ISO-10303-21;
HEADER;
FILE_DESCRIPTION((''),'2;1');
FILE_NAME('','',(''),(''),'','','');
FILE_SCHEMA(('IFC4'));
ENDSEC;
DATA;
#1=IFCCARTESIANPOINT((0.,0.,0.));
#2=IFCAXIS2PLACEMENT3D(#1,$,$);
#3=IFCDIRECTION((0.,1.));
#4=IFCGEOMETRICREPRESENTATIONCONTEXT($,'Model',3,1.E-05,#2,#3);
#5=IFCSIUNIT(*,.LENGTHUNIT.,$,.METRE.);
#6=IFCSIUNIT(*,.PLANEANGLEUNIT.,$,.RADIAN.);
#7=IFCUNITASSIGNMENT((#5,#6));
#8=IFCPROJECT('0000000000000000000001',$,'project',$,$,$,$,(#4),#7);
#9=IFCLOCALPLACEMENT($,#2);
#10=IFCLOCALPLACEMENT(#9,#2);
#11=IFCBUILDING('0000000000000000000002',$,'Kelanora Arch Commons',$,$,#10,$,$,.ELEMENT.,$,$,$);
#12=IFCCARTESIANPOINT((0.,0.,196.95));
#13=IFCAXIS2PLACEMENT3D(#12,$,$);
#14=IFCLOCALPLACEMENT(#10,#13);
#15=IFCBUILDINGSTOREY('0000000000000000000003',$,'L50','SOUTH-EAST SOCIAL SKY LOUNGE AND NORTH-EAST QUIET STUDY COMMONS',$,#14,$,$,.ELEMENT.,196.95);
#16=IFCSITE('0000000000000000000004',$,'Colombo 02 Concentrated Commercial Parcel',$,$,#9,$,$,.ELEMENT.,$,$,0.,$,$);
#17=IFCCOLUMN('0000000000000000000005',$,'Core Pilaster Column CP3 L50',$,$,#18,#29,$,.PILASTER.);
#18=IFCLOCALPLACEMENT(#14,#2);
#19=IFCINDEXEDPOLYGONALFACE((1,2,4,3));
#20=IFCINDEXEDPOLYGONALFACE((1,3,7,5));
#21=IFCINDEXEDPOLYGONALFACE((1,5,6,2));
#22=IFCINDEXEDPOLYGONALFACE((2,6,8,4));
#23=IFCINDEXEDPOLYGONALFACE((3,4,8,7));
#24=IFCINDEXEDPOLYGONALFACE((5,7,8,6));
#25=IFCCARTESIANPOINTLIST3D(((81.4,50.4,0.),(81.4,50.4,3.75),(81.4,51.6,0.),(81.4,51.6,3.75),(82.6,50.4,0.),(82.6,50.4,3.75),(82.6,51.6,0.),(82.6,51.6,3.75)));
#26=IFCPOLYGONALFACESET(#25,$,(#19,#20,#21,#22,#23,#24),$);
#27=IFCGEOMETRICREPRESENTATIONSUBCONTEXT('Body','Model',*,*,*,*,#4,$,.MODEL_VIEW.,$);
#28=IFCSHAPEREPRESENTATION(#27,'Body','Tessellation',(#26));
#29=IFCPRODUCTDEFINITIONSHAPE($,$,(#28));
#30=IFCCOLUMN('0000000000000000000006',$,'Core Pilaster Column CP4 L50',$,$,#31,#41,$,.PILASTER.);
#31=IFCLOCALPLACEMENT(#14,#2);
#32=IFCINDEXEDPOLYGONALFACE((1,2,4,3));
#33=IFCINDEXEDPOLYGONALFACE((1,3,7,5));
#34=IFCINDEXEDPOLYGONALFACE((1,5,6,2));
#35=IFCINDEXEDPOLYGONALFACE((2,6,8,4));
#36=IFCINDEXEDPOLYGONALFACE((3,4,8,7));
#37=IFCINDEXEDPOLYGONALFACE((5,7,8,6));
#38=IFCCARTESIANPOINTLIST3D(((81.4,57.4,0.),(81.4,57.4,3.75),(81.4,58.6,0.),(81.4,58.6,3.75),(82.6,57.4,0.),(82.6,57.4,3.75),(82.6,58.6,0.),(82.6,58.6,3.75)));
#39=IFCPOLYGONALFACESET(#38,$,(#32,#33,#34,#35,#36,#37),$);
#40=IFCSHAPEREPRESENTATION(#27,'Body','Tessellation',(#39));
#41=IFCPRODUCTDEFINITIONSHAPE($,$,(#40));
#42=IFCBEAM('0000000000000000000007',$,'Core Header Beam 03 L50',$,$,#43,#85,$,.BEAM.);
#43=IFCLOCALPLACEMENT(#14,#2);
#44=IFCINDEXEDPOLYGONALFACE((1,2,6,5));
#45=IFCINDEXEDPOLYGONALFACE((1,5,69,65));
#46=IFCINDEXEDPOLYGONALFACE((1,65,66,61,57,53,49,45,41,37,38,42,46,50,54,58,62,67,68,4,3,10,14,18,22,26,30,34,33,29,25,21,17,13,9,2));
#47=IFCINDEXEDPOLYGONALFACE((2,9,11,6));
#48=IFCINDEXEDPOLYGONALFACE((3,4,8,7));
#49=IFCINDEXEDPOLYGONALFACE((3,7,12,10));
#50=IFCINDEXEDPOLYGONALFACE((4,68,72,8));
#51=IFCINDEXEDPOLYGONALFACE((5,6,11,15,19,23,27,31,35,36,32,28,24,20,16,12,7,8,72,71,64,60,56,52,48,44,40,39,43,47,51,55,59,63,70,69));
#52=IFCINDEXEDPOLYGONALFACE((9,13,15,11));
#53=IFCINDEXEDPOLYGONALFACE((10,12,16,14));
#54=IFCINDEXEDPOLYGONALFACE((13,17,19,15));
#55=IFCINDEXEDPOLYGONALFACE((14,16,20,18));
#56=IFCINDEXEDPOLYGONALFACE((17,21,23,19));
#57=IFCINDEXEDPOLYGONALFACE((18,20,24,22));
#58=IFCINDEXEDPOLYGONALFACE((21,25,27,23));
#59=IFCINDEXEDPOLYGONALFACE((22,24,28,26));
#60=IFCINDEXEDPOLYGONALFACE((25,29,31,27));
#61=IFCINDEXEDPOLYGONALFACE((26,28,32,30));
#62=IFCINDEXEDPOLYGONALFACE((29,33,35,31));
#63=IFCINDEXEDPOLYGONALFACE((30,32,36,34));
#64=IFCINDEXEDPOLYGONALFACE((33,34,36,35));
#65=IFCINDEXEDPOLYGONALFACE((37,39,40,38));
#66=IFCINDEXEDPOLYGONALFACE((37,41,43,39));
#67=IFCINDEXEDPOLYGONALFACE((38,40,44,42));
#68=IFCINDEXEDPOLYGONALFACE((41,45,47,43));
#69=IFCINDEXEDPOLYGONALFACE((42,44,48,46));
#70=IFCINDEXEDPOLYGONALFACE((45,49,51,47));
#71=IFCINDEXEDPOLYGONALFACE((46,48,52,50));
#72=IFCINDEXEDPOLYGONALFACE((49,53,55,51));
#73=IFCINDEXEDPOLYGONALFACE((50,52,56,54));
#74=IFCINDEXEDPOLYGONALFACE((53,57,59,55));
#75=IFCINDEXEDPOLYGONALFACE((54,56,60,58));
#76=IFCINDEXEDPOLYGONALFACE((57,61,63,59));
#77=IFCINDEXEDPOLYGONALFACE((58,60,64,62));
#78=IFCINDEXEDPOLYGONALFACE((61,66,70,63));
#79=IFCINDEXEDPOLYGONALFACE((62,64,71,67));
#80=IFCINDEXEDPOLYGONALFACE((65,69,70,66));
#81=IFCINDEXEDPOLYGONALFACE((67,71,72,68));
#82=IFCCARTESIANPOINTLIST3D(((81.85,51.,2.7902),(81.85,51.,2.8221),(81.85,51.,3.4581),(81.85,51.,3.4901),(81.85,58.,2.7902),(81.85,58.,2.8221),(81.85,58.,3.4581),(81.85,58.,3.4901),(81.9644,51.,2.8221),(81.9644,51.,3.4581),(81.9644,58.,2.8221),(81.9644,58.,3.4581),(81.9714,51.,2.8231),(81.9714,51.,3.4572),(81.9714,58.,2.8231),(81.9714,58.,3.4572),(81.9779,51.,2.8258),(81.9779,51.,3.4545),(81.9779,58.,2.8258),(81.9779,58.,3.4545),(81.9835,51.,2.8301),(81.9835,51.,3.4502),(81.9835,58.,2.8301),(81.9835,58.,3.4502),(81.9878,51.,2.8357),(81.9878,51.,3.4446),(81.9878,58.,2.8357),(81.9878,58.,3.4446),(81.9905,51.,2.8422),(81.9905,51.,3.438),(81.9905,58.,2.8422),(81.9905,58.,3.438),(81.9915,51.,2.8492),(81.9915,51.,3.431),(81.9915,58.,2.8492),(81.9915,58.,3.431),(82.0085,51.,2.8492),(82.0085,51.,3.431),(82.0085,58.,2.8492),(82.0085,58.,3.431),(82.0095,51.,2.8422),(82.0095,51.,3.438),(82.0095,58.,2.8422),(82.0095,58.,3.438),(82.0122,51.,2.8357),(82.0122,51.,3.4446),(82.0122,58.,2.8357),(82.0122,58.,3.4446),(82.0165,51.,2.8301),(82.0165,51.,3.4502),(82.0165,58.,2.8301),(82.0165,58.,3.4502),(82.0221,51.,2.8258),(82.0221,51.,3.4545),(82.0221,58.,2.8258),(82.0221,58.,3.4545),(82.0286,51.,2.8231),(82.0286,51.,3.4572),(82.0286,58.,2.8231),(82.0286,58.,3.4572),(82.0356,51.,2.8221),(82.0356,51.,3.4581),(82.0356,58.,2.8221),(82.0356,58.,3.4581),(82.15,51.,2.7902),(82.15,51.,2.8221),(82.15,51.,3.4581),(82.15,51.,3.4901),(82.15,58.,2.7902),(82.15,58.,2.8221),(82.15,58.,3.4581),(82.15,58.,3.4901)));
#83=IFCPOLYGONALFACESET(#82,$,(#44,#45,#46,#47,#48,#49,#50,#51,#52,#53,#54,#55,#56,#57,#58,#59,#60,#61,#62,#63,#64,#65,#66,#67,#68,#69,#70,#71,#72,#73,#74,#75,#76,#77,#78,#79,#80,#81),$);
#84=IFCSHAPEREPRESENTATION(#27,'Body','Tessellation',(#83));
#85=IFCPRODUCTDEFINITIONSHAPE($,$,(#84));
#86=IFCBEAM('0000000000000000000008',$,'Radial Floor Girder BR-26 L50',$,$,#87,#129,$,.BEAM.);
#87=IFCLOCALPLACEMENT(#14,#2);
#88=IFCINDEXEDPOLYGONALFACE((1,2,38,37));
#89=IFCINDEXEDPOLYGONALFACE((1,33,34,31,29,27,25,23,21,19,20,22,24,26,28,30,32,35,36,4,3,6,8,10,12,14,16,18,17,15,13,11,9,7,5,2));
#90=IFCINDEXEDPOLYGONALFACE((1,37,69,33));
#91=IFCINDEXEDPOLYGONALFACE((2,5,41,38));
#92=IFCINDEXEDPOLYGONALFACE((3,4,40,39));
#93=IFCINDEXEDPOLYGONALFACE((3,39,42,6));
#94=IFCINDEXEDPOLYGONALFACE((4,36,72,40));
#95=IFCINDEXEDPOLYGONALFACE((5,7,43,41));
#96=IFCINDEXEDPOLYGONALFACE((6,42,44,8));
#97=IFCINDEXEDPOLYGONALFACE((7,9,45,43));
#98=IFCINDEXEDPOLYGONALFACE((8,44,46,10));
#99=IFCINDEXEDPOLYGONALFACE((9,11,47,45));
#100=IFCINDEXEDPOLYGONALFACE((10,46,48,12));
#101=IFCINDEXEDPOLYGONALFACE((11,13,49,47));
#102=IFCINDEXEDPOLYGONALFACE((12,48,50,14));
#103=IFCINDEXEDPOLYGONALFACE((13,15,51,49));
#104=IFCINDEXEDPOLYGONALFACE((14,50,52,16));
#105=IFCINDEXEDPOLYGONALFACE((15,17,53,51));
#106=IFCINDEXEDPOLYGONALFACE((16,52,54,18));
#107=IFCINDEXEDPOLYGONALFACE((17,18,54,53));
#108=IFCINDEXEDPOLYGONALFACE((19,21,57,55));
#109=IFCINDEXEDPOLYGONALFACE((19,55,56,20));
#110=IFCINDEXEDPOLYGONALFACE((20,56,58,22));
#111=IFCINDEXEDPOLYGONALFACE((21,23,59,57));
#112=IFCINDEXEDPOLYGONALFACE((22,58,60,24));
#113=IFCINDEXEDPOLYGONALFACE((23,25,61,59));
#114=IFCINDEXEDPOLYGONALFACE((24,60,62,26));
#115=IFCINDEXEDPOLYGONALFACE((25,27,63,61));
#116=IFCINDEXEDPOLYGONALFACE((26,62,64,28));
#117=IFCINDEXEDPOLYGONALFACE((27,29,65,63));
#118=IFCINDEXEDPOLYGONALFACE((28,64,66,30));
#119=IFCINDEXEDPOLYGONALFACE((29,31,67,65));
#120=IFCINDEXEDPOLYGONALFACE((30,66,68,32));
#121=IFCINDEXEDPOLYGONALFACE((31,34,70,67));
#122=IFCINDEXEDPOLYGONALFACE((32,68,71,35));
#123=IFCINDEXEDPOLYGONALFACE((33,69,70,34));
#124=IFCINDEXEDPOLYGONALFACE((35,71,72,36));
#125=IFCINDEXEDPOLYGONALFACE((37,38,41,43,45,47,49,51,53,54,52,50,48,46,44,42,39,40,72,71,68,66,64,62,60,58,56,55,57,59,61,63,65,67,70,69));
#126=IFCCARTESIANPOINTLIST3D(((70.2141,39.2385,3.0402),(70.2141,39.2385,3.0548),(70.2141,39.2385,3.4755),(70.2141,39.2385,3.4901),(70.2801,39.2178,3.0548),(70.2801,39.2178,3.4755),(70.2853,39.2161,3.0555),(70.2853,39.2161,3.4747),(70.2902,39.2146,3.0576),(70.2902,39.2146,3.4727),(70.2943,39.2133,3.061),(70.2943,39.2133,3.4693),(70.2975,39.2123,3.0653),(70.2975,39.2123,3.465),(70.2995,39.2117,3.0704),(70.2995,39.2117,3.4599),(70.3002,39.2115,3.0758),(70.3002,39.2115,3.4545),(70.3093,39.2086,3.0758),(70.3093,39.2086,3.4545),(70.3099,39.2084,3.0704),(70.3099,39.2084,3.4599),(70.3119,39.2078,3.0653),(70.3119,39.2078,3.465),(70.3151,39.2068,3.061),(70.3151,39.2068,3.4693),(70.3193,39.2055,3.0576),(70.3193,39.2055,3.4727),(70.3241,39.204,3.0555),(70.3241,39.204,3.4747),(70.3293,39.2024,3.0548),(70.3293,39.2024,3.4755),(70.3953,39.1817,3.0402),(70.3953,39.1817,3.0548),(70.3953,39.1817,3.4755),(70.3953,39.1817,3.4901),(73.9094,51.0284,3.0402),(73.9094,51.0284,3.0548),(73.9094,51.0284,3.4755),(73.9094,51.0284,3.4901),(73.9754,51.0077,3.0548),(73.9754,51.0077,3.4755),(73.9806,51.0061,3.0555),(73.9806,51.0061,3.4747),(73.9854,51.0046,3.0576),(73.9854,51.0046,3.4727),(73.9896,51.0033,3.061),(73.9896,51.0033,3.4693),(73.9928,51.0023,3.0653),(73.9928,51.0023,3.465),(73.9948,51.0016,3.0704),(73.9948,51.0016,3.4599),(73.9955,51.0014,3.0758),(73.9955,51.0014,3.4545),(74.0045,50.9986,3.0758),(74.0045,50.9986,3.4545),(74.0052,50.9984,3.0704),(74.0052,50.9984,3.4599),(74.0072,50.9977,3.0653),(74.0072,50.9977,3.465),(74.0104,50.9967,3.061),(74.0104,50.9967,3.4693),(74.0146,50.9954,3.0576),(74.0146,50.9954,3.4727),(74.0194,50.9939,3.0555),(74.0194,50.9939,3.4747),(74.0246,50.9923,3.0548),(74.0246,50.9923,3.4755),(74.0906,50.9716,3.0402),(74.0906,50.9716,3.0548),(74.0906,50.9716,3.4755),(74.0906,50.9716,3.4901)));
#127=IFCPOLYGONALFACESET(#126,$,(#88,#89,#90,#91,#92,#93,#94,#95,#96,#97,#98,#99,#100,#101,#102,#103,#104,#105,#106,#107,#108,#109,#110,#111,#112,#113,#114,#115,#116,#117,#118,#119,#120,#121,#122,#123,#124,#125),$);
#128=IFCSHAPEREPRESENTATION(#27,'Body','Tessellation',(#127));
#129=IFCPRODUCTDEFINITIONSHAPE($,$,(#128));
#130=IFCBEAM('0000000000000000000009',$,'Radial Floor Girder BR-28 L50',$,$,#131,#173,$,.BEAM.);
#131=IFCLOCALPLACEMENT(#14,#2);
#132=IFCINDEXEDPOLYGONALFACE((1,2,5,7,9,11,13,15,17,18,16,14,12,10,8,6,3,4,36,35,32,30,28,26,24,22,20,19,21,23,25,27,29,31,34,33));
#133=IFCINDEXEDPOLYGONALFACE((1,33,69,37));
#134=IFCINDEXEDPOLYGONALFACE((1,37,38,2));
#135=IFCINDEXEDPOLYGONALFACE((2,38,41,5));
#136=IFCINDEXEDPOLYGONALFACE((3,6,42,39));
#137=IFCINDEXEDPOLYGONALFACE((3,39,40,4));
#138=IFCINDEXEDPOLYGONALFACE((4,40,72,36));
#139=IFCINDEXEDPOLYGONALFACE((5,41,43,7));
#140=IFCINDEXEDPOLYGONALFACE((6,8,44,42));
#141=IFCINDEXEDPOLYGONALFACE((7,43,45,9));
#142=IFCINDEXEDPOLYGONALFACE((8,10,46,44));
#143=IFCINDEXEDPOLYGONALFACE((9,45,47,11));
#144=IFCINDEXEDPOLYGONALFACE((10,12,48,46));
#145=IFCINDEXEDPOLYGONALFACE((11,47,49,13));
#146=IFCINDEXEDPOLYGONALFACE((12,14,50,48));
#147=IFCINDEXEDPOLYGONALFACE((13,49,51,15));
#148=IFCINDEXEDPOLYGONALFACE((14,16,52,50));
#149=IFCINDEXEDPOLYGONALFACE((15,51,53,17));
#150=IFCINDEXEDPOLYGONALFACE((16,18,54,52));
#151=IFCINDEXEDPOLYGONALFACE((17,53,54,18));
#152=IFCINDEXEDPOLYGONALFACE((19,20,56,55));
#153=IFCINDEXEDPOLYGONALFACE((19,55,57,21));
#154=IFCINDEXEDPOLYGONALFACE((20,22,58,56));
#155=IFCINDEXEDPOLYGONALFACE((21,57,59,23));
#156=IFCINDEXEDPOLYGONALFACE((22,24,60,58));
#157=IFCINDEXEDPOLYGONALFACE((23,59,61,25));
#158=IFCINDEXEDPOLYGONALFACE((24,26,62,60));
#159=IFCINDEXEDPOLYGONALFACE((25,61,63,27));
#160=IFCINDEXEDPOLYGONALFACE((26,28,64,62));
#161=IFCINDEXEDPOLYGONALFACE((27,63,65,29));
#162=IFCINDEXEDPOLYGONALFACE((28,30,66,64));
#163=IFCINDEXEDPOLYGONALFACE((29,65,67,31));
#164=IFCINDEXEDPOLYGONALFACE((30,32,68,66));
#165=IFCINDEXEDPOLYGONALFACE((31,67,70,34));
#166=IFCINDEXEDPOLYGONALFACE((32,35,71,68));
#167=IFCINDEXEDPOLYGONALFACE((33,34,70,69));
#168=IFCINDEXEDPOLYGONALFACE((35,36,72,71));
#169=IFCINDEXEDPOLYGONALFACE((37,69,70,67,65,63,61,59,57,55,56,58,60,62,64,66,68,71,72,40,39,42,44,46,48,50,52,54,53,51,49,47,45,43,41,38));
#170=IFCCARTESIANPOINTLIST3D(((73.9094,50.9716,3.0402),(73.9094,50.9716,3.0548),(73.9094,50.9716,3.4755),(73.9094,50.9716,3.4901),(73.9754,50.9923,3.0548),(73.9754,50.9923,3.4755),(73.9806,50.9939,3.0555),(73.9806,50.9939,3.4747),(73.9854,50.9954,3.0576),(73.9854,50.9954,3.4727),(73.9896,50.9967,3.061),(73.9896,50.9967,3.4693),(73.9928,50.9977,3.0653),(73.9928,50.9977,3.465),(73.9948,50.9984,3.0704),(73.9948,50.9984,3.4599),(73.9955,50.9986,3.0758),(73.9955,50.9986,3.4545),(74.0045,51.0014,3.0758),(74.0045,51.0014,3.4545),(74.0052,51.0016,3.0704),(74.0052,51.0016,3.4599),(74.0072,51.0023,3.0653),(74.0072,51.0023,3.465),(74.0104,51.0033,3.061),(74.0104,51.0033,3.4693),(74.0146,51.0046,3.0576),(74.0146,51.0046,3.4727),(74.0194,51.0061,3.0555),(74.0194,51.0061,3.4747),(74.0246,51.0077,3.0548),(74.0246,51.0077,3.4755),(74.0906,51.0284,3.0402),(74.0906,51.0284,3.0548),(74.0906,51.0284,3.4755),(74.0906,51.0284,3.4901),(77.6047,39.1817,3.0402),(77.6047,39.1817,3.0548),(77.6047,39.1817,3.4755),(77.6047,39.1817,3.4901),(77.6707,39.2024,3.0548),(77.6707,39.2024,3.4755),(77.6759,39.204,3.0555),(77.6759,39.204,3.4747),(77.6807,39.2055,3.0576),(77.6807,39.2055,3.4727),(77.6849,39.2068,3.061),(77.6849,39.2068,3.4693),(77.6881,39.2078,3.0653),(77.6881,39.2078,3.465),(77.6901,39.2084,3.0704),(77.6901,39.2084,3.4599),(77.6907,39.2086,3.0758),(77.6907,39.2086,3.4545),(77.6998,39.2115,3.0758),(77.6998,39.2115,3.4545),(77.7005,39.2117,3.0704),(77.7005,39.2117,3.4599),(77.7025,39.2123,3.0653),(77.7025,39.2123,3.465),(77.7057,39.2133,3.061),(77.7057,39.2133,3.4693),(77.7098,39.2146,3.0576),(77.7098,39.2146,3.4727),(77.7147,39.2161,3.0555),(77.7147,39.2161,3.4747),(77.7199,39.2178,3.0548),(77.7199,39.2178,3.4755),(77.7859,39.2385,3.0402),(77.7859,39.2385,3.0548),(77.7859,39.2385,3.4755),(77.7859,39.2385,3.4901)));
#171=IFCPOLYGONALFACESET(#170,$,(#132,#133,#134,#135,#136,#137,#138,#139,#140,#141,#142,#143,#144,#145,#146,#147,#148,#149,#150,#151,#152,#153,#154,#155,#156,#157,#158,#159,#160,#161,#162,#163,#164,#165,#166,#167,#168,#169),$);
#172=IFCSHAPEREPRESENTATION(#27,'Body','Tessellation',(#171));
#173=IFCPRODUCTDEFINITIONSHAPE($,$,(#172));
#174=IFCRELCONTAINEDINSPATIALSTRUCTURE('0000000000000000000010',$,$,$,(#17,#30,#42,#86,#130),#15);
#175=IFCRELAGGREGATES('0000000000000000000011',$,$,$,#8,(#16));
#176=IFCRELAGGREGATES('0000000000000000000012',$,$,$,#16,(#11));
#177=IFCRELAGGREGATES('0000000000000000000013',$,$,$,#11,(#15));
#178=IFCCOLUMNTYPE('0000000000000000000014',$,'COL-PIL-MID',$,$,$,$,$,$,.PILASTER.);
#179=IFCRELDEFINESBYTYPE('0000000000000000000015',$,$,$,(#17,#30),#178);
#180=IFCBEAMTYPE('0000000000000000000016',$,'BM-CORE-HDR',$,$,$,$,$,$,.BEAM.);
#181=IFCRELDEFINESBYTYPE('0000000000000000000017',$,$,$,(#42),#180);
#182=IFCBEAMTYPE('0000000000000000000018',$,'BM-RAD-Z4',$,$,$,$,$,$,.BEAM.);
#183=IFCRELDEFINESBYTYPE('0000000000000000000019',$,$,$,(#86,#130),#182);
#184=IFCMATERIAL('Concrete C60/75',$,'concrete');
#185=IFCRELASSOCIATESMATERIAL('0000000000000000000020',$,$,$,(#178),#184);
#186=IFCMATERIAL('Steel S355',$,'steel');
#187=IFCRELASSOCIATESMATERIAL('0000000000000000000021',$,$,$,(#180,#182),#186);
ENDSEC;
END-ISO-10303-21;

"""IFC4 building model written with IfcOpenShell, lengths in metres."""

from ifc_helpers import new_model, si_unit, direction, frame, origin, origin_2d, place, context, subcontext, project, spatial, rectangle, i_section, extrude, material, material_profile, profile_set, type_object, element, save


model = new_model("IFC4")

# Units and contexts
model_context = context("Model", 3, precision=1e-05, world=origin(), true_north=direction((0.0, 1.0)))
body_context = subcontext(model_context, "Body", "Model", "MODEL_VIEW")
ifc_project = project(units=[si_unit("LENGTHUNIT", "METRE"), si_unit("PLANEANGLEUNIT", "RADIAN")], contexts=[model_context])

# Site, building, storey
site_placement = place(None, origin())
site = spatial("IfcSite", under=ifc_project, at=site_placement, Name="Colombo 02 Concentrated Commercial Parcel", CompositionType="ELEMENT", RefElevation=0.0)
building_placement = place(site_placement, origin())
building = spatial("IfcBuilding", under=site, at=building_placement, Name="Kelanora Arch Commons", CompositionType="ELEMENT")
storey_placement = place(building_placement, frame((0.0, 0.0, 196.95)))
storey = spatial("IfcBuildingStorey", under=building, at=storey_placement, Name="L50", Description="SOUTH-EAST SOCIAL SKY LOUNGE AND NORTH-EAST QUIET STUDY COMMONS", CompositionType="ELEMENT", Elevation=196.95)

# Columns
ifc_material_1 = material(Name="Concrete C60/75", Category="concrete")
ifc_material_profile_1 = material_profile(ifc_material_1, rectangle(XDim=1.2, YDim=1.2, at=origin_2d()), Name="RC1200x1200")
ifc_profile_set_1 = profile_set([ifc_material_profile_1], Name="Concrete C60/75")
column_type = type_object("IfcColumnType", Name="COL-PIL-MID", PredefinedType="PILASTER", material=ifc_profile_set_1)
for number, where, z_axis, x_axis, name in (
    (1, (82.0, 51.0, 0.0), (0.0, 0.0, 1.0), (1.0, 0.0, 0.0), "Core Pilaster Column CP3 L50"),
    (2, (82.0, 58.0, 0.0), (0.0, 0.0, 1.0), (1.0, 0.0, 0.0), "Core Pilaster Column CP4 L50"),
):
    element("IfcColumn", number, at=place(storey_placement, frame(where, z_axis=z_axis, x_axis=x_axis)), inside=storey, type_object=column_type, Name=name, PredefinedType="PILASTER", context=body_context, shape_type="SweptSolid", body=[
        extrude(rectangle(XDim=1.2, YDim=1.2, at=origin_2d()), origin(), (0.0, 0.0, 1.0), 3.75),
    ])

# Beams
ifc_material_2 = material(Name="Steel S355", Category="steel")
ifc_material_profile_2 = material_profile(ifc_material_2, i_section(OverallWidth=0.3, OverallDepth=0.7, WebThickness=0.0171, FlangeThickness=0.032, FilletRadius=0.0271, at=origin_2d()), Name="HEB700")
ifc_profile_set_2 = profile_set([ifc_material_profile_2], Name="Steel S355")
beam_type_1 = type_object("IfcBeamType", Name="BM-CORE-HDR", PredefinedType="BEAM", material=ifc_profile_set_2)
beam_1_placement = place(storey_placement, frame((82.0, 51.0, 3.1401), z_axis=(0.0, 1.0, 0.0), x_axis=(-1.0, 0.0, 0.0)))
element("IfcBeam", 3, at=beam_1_placement, inside=storey, type_object=beam_type_1, Name="Core Header Beam 03 L50", PredefinedType="BEAM", context=body_context, shape_type="SweptSolid", body=[
    extrude(i_section(OverallWidth=0.3, OverallDepth=0.7, WebThickness=0.0171, FlangeThickness=0.032, FilletRadius=0.0271, at=origin_2d()), origin(), (0.0, 0.0, 1.0), 7.0),
])
ifc_material_profile_3 = material_profile(ifc_material_2, i_section(OverallWidth=0.1899, OverallDepth=0.45, WebThickness=0.0095, FlangeThickness=0.0146, FilletRadius=0.021, at=origin_2d()), Name="IPE450")
ifc_profile_set_3 = profile_set([ifc_material_profile_3], Name="Steel S355")
beam_type_2 = type_object("IfcBeamType", Name="BM-RAD-Z4", PredefinedType="BEAM", material=ifc_profile_set_3)
for number, where, z_axis, x_axis, name in (
    (4, (74.0, 51.0, 3.2651), (-0.29908, -0.954228, 0.0), (0.954228, -0.29908, 0.0), "Radial Floor Girder BR-26 L50"),
    (5, (74.0, 51.0, 3.2651), (0.29908, -0.954228, 0.0), (0.954228, 0.29908, 0.0), "Radial Floor Girder BR-28 L50"),
):
    element("IfcBeam", number, at=place(storey_placement, frame(where, z_axis=z_axis, x_axis=x_axis)), inside=storey, type_object=beam_type_2, Name=name, PredefinedType="BEAM", context=body_context, shape_type="SweptSolid", body=[
        extrude(i_section(OverallWidth=0.1899, OverallDepth=0.45, WebThickness=0.0095, FlangeThickness=0.0146, FilletRadius=0.021, at=origin_2d()), origin(), (0.0, 0.0, 1.0), 12.3555),
    ])

save(model, "model.ifc")
